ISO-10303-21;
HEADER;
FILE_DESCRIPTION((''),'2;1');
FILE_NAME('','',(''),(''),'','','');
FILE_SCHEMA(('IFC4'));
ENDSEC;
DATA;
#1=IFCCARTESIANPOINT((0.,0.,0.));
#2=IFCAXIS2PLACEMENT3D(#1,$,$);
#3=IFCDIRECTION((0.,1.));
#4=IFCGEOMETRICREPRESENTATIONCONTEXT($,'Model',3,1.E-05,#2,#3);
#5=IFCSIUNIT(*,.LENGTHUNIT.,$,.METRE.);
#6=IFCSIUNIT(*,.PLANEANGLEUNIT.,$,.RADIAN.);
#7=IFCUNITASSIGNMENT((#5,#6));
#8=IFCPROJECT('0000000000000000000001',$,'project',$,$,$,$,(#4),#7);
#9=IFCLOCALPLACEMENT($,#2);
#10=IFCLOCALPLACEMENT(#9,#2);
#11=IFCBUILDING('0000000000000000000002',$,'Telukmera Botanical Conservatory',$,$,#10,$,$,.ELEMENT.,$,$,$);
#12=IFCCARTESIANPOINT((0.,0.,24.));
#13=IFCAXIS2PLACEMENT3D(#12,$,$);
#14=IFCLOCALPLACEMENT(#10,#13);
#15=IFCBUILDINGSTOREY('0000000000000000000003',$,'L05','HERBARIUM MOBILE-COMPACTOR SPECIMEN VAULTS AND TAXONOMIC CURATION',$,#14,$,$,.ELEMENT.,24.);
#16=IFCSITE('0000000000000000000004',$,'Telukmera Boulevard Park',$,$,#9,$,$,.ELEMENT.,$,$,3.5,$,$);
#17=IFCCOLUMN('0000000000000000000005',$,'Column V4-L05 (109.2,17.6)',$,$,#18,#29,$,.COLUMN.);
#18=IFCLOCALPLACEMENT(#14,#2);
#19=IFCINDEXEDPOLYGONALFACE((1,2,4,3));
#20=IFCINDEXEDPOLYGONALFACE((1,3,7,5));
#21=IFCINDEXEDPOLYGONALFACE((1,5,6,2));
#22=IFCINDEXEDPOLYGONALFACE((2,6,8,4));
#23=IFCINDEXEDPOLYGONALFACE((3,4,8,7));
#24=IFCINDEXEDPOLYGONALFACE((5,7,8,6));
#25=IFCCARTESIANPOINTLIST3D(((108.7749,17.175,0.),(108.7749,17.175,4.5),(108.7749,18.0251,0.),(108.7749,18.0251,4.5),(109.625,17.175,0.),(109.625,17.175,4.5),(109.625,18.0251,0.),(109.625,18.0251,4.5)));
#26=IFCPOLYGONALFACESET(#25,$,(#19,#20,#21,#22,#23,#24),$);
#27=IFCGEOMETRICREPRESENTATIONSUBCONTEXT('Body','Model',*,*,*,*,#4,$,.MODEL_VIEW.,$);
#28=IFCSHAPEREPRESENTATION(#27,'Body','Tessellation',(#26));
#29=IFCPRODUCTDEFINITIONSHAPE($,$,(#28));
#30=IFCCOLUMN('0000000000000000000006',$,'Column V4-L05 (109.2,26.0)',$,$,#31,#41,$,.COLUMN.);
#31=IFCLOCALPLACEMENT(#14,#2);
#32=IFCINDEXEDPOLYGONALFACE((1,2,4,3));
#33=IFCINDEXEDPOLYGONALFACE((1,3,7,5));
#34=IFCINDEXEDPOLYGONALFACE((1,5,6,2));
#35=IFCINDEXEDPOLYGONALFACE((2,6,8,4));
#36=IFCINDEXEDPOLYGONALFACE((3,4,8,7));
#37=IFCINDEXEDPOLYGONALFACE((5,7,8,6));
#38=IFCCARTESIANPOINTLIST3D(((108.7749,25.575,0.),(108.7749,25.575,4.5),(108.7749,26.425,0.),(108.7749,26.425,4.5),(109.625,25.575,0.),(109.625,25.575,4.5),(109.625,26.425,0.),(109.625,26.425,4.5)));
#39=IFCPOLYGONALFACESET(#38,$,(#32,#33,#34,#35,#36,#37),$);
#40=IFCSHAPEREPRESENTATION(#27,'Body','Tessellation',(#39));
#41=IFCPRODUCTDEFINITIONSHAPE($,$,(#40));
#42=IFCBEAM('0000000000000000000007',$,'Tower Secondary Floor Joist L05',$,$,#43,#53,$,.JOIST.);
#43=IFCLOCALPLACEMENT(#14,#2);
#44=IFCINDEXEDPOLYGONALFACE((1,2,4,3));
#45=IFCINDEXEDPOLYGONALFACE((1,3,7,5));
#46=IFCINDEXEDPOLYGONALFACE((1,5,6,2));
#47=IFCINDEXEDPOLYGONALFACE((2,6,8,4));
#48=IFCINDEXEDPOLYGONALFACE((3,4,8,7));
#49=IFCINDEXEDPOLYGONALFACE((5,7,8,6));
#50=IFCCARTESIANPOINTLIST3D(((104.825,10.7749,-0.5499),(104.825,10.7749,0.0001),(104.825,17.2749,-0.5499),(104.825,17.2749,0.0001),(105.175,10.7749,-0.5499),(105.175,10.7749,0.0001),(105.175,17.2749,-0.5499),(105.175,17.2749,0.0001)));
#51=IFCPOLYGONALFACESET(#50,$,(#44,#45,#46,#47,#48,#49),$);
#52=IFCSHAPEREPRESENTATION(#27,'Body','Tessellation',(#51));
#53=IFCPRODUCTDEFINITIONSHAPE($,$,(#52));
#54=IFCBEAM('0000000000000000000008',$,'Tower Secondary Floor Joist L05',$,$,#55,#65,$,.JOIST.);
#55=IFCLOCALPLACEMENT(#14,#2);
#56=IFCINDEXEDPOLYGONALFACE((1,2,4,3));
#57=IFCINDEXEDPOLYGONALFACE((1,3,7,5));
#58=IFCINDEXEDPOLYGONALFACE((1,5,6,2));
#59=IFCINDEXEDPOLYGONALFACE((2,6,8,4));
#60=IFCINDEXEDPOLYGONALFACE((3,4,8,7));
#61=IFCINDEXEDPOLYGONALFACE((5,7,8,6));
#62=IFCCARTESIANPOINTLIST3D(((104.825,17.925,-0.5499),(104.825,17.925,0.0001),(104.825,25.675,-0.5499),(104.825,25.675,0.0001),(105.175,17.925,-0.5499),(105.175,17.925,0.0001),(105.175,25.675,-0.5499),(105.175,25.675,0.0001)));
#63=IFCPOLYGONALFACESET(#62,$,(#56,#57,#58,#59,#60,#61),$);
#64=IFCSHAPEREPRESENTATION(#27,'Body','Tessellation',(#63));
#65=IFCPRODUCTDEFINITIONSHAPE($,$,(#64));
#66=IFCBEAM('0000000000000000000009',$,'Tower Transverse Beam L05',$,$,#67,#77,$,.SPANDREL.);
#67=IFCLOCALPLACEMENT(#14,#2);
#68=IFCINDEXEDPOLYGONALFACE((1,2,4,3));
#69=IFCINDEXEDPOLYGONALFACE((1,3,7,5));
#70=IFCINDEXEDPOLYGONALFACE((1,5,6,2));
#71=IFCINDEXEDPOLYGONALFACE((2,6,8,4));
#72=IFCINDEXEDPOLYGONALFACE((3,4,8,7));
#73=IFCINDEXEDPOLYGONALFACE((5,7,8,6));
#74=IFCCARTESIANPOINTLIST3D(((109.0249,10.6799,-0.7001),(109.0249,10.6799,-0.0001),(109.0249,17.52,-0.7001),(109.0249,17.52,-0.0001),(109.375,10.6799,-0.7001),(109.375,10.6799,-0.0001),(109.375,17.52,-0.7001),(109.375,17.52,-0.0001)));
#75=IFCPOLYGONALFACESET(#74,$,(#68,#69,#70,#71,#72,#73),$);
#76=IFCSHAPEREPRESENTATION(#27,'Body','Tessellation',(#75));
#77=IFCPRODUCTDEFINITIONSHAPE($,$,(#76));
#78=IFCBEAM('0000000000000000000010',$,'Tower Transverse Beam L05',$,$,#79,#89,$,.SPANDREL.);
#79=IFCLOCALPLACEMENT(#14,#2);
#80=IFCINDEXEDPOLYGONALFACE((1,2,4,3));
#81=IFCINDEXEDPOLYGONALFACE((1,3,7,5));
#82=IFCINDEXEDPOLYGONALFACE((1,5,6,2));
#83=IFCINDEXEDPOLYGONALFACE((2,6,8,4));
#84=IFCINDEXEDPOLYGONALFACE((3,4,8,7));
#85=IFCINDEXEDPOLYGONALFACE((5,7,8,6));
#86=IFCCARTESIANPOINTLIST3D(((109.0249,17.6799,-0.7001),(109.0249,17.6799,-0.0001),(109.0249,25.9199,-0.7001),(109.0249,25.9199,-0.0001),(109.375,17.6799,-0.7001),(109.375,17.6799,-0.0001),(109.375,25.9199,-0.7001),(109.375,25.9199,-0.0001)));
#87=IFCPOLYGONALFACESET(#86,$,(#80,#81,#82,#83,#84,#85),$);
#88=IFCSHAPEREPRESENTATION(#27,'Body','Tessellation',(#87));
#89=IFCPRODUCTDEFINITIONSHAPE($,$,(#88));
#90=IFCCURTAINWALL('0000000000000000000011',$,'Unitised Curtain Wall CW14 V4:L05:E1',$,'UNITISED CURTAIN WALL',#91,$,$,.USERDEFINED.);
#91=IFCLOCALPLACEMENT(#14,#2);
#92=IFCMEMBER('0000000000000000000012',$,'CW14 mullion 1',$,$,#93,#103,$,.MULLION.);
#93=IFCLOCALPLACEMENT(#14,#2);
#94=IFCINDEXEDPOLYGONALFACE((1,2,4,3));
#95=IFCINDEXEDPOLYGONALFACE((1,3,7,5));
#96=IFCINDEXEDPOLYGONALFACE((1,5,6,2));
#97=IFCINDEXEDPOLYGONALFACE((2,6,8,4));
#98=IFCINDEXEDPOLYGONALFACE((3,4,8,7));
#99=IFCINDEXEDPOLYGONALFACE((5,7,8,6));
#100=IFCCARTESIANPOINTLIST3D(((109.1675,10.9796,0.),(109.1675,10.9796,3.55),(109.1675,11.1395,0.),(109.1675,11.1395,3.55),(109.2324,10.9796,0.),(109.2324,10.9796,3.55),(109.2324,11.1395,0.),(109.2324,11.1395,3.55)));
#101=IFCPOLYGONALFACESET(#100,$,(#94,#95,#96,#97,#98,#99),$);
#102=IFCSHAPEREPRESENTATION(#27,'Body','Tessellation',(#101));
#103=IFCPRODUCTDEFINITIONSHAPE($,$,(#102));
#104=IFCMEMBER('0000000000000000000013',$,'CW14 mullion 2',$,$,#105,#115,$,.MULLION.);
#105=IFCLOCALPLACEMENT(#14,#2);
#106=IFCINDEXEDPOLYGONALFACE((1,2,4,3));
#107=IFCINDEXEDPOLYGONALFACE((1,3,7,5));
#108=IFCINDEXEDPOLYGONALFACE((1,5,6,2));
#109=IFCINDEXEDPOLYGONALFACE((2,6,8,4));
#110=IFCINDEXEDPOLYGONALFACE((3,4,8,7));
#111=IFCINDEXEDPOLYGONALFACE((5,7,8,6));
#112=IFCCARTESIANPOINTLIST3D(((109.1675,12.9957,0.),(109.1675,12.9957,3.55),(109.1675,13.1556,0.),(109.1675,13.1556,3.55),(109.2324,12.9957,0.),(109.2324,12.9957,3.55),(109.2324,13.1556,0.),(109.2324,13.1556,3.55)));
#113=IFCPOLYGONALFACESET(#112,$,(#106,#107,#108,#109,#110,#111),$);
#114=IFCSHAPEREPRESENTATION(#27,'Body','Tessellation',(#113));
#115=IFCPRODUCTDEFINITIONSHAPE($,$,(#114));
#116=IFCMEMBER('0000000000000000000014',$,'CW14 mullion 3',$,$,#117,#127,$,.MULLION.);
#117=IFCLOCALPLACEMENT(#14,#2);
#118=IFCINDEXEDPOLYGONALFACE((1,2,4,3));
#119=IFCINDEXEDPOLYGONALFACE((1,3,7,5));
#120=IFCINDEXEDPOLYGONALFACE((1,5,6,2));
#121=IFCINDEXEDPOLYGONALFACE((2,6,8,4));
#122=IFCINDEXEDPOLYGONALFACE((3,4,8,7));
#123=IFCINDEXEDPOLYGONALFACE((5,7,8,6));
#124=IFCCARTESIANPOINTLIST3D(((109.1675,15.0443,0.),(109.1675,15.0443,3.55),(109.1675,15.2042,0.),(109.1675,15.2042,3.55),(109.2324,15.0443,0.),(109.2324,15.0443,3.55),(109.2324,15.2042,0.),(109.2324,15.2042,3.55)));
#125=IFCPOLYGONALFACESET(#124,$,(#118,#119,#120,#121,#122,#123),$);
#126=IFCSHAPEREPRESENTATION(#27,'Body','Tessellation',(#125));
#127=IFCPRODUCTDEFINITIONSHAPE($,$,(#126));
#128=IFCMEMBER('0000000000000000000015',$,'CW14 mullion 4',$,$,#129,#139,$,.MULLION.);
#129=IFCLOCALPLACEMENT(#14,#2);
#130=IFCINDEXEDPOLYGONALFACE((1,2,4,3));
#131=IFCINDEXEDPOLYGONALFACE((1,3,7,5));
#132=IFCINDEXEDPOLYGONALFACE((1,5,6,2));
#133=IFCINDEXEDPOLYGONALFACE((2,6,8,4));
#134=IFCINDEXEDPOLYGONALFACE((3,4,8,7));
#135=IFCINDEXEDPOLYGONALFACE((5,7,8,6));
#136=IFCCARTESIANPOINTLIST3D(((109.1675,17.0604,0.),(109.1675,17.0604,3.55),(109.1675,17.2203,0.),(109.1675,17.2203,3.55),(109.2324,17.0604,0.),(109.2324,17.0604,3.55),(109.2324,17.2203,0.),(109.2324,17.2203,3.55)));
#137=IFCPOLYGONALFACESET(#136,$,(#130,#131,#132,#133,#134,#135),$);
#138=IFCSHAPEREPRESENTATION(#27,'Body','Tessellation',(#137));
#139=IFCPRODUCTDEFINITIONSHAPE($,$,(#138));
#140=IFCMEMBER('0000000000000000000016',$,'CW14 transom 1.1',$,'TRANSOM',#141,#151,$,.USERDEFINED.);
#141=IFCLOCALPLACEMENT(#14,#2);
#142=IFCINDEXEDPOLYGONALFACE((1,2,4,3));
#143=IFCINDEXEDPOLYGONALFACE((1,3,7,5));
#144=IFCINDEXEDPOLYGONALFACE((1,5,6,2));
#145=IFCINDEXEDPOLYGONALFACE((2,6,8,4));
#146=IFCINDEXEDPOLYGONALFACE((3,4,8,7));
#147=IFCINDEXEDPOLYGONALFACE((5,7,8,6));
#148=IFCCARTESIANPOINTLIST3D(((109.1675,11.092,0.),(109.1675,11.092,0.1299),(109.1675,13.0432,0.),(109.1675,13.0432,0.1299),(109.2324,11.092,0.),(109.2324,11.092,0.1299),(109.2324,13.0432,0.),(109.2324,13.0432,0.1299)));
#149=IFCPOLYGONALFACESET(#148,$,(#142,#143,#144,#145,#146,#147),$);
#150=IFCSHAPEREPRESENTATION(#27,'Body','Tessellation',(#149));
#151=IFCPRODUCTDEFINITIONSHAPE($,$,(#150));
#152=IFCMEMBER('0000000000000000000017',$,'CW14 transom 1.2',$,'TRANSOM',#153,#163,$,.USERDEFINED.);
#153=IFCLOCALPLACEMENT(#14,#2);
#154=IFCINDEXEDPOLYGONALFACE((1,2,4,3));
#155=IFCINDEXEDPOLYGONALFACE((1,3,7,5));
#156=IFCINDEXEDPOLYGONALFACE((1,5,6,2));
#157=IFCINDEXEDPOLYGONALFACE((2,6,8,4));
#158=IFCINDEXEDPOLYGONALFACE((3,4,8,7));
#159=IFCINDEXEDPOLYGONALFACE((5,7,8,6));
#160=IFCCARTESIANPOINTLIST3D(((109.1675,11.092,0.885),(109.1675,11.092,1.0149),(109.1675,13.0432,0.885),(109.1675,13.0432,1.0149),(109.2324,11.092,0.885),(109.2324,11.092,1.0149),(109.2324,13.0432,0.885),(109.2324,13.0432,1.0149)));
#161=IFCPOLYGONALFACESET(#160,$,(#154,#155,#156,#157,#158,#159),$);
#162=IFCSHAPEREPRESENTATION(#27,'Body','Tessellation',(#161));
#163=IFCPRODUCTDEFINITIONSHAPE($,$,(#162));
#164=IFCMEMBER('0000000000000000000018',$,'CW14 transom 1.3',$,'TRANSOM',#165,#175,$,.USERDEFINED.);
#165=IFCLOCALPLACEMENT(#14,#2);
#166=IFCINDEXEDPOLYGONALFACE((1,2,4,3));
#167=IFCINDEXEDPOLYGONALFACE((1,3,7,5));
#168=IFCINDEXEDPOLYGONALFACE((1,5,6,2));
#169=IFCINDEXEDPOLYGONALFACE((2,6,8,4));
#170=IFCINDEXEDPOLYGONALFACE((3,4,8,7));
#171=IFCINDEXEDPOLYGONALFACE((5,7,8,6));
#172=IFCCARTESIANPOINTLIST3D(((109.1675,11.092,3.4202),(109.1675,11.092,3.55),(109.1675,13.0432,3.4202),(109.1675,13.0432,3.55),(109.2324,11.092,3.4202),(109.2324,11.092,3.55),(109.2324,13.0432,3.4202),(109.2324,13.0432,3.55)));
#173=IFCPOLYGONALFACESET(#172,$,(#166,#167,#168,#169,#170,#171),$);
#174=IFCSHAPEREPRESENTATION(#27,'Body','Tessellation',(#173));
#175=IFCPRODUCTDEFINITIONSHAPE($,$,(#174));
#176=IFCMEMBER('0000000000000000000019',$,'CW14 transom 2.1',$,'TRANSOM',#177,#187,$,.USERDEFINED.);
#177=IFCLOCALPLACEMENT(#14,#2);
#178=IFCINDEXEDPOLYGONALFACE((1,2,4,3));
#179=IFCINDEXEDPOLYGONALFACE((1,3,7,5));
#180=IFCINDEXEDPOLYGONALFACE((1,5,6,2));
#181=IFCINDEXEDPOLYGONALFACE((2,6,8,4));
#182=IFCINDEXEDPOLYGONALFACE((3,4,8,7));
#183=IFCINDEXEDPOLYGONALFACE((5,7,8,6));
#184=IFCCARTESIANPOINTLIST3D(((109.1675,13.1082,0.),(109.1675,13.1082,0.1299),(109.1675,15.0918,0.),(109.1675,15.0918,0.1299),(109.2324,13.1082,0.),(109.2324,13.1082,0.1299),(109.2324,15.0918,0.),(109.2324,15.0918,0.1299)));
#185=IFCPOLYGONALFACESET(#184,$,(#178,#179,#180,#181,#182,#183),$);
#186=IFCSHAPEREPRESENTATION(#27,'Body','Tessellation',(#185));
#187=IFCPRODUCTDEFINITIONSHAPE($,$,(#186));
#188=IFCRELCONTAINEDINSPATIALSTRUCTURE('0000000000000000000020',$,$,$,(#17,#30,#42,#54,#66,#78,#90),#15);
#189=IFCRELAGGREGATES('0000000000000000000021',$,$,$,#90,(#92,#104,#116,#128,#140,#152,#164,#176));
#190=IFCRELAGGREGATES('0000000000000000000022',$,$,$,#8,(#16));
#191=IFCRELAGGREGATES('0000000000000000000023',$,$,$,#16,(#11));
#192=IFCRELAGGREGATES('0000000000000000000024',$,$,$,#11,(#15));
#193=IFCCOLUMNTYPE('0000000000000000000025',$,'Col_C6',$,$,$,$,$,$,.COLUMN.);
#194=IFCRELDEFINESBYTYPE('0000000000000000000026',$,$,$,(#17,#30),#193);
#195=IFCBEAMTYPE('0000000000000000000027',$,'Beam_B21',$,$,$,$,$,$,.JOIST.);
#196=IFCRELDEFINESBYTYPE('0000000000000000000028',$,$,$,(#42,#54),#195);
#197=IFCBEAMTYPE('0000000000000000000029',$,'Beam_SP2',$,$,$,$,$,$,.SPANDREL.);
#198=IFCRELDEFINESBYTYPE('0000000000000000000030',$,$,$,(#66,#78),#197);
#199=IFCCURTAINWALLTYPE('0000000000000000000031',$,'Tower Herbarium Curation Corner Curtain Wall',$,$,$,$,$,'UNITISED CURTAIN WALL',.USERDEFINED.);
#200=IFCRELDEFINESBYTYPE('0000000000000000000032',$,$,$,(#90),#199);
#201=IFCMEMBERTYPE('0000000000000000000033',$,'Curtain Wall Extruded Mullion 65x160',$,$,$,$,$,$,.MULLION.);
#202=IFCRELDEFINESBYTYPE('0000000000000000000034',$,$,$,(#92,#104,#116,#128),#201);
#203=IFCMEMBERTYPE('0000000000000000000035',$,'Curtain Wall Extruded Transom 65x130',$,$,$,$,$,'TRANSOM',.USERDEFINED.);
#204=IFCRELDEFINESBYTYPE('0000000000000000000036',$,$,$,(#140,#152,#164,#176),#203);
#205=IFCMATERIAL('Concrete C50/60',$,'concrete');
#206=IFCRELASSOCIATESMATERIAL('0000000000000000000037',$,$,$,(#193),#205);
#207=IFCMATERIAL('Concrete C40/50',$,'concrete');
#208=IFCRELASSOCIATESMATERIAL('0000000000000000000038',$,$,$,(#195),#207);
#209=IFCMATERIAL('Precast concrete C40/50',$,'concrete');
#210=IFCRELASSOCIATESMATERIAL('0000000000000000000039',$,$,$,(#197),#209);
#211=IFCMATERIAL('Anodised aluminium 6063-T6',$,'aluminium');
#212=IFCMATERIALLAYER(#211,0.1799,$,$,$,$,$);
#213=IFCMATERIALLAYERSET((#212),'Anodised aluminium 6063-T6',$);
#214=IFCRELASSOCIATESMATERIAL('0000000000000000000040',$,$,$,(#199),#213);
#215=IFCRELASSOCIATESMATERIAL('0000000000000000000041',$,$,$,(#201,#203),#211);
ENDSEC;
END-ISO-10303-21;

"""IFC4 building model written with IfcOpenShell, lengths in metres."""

from ifc_helpers import new_model, si_unit, direction, frame, origin, origin_2d, place, context, subcontext, project, spatial, rectangle, extrude, material, layer, layer_set, material_profile, profile_set, type_object, element, aggregate, save


model = new_model("IFC4")

# Units and contexts
model_context = context("Model", 3, precision=1e-05, world=origin(), true_north=direction((0.0, 1.0)))
body_context = subcontext(model_context, "Body", "Model", "MODEL_VIEW")
ifc_project = project(units=[si_unit("LENGTHUNIT", "METRE"), si_unit("PLANEANGLEUNIT", "RADIAN")], contexts=[model_context])

# Site, building, storey
site_placement = place(None, origin())
site = spatial("IfcSite", under=ifc_project, at=site_placement, Name="Telukmera Boulevard Park", CompositionType="ELEMENT", RefElevation=3.5)
building_placement = place(site_placement, origin())
building = spatial("IfcBuilding", under=site, at=building_placement, Name="Telukmera Botanical Conservatory", CompositionType="ELEMENT")
storey_placement = place(building_placement, frame((0.0, 0.0, 24.0)))
storey = spatial("IfcBuildingStorey", under=building, at=storey_placement, Name="L05", Description="HERBARIUM MOBILE-COMPACTOR SPECIMEN VAULTS AND TAXONOMIC CURATION", CompositionType="ELEMENT", Elevation=24.0)

# Columns
ifc_material_1 = material(Name="Concrete C50/60", Category="concrete")
ifc_material_profile_1 = material_profile(ifc_material_1, rectangle(XDim=0.8501, YDim=0.8501, at=origin_2d()), Name="RC 850x850")
ifc_profile_set_1 = profile_set([ifc_material_profile_1], Name="Concrete C50/60")
column_type = type_object("IfcColumnType", Name="Col_C6", PredefinedType="COLUMN", material=ifc_profile_set_1)
for number, where, z_axis, x_axis, name in (
    (1, (109.2, 17.6001, 0.0), (0.0, 0.0, 1.0), (1.0, 0.0, 0.0), "Column V4-L05 (109.2,17.6)"),
    (2, (109.2, 26.0, 0.0), (0.0, 0.0, 1.0), (1.0, 0.0, 0.0), "Column V4-L05 (109.2,26.0)"),
):
    element("IfcColumn", number, at=place(storey_placement, frame(where, z_axis=z_axis, x_axis=x_axis)), inside=storey, type_object=column_type, Name=name, PredefinedType="COLUMN", context=body_context, shape_type="SweptSolid", body=[
        extrude(rectangle(XDim=0.8501, YDim=0.8501, at=origin_2d()), origin(), (0.0, 0.0, 1.0), 4.5),
    ])

# Beams
ifc_material_2 = material(Name="Concrete C40/50", Category="concrete")
ifc_material_profile_2 = material_profile(ifc_material_2, rectangle(XDim=0.3501, YDim=0.55, at=origin_2d()), Name="RC 350x550")
ifc_profile_set_2 = profile_set([ifc_material_profile_2], Name="Concrete C40/50")
beam_type_1 = type_object("IfcBeamType", Name="Beam_B21", PredefinedType="JOIST", material=ifc_profile_set_2)
beam_1_placement = place(storey_placement, frame((105.0, 10.7749, -0.2749), z_axis=(0.0, 1.0, 0.0), x_axis=(-1.0, 0.0, 0.0)))
element("IfcBeam", 3, at=beam_1_placement, inside=storey, type_object=beam_type_1, Name="Tower Secondary Floor Joist L05", PredefinedType="JOIST", context=body_context, shape_type="SweptSolid", body=[
    extrude(rectangle(XDim=0.3501, YDim=0.55, at=origin_2d()), origin(), (0.0, 0.0, 1.0), 6.5),
])
beam_2_placement = place(storey_placement, frame((105.0, 17.925, -0.2749), z_axis=(0.0, 1.0, 0.0), x_axis=(-1.0, 0.0, 0.0)))
element("IfcBeam", 4, at=beam_2_placement, inside=storey, type_object=beam_type_1, Name="Tower Secondary Floor Joist L05", PredefinedType="JOIST", context=body_context, shape_type="SweptSolid", body=[
    extrude(rectangle(XDim=0.3501, YDim=0.55, at=origin_2d()), origin(), (0.0, 0.0, 1.0), 7.75),
])
ifc_material_3 = material(Name="Precast concrete C40/50", Category="concrete")
ifc_material_profile_3 = material_profile(ifc_material_3, rectangle(XDim=0.3501, YDim=0.7, at=origin_2d()), Name="PC 350x700")
ifc_profile_set_3 = profile_set([ifc_material_profile_3], Name="Precast concrete C40/50")
beam_type_2 = type_object("IfcBeamType", Name="Beam_SP2", PredefinedType="SPANDREL", material=ifc_profile_set_3)
beam_3_placement = place(storey_placement, frame((109.2, 10.6799, -0.3501), z_axis=(0.0, 1.0, 0.0), x_axis=(-1.0, 0.0, 0.0)))
element("IfcBeam", 5, at=beam_3_placement, inside=storey, type_object=beam_type_2, Name="Tower Transverse Beam L05", PredefinedType="SPANDREL", context=body_context, shape_type="SweptSolid", body=[
    extrude(rectangle(XDim=0.3501, YDim=0.7, at=origin_2d()), origin(), (0.0, 0.0, 1.0), 6.8401),
])
beam_4_placement = place(storey_placement, frame((109.2, 17.6799, -0.3501), z_axis=(0.0, 1.0, 0.0), x_axis=(-1.0, 0.0, 0.0)))
element("IfcBeam", 6, at=beam_4_placement, inside=storey, type_object=beam_type_2, Name="Tower Transverse Beam L05", PredefinedType="SPANDREL", context=body_context, shape_type="SweptSolid", body=[
    extrude(rectangle(XDim=0.3501, YDim=0.7, at=origin_2d()), origin(), (0.0, 0.0, 1.0), 8.24),
])

# Curtain wall, members
ifc_material_4 = material(Name="Anodised aluminium 6063-T6", Category="aluminium")
ifc_layer_1 = layer(ifc_material_4, 0.1799)
ifc_layer_set_1 = layer_set([ifc_layer_1], Name="Anodised aluminium 6063-T6")
curtain_wall_type = type_object("IfcCurtainWallType", Name="Tower Herbarium Curation Corner Curtain Wall", ElementType="UNITISED CURTAIN WALL", PredefinedType="USERDEFINED", material=ifc_layer_set_1)
curtain_wall_placement = place(storey_placement, origin())
curtain_wall = element("IfcCurtainWall", 7, at=curtain_wall_placement, inside=storey, type_object=curtain_wall_type, Name="Unitised Curtain Wall CW14 V4:L05:E1", ObjectType="UNITISED CURTAIN WALL", PredefinedType="USERDEFINED")
ifc_material_profile_4 = material_profile(ifc_material_4, rectangle(XDim=0.0649, YDim=0.1599, at=origin_2d()), Name="ALU MULL 65x160")
ifc_profile_set_4 = profile_set([ifc_material_profile_4], Name="Anodised aluminium 6063-T6")
member_type_1 = type_object("IfcMemberType", Name="Curtain Wall Extruded Mullion 65x160", PredefinedType="MULLION", material=ifc_profile_set_4)
member_1_placement = place(storey_placement, frame((109.2, 11.0596, 0.0), z_axis=(0.0, 0.0, 1.0), x_axis=(-1.0, 0.0, 0.0)))
member_1 = element("IfcMember", 8, at=member_1_placement, type_object=member_type_1, Name="CW14 mullion 1", PredefinedType="MULLION", context=body_context, shape_type="SweptSolid", body=[
    extrude(rectangle(XDim=0.0649, YDim=0.1599, at=origin_2d()), origin(), (0.0, 0.0, 1.0), 3.55),
])
member_2_placement = place(storey_placement, frame((109.2, 13.0757, 0.0), z_axis=(0.0, 0.0, 1.0), x_axis=(-1.0, 0.0, 0.0)))
member_2 = element("IfcMember", 9, at=member_2_placement, type_object=member_type_1, Name="CW14 mullion 2", PredefinedType="MULLION", context=body_context, shape_type="SweptSolid", body=[
    extrude(rectangle(XDim=0.0649, YDim=0.1599, at=origin_2d()), origin(), (0.0, 0.0, 1.0), 3.55),
])
member_3_placement = place(storey_placement, frame((109.2, 15.1243, 0.0), z_axis=(0.0, 0.0, 1.0), x_axis=(-1.0, 0.0, 0.0)))
member_3 = element("IfcMember", 10, at=member_3_placement, type_object=member_type_1, Name="CW14 mullion 3", PredefinedType="MULLION", context=body_context, shape_type="SweptSolid", body=[
    extrude(rectangle(XDim=0.0649, YDim=0.1599, at=origin_2d()), origin(), (0.0, 0.0, 1.0), 3.55),
])
member_4_placement = place(storey_placement, frame((109.2, 17.1404, 0.0), z_axis=(0.0, 0.0, 1.0), x_axis=(-1.0, 0.0, 0.0)))
member_4 = element("IfcMember", 11, at=member_4_placement, type_object=member_type_1, Name="CW14 mullion 4", PredefinedType="MULLION", context=body_context, shape_type="SweptSolid", body=[
    extrude(rectangle(XDim=0.0649, YDim=0.1599, at=origin_2d()), origin(), (0.0, 0.0, 1.0), 3.55),
])
ifc_material_profile_5 = material_profile(ifc_material_4, rectangle(XDim=0.0649, YDim=0.1299, at=origin_2d()), Name="ALU TRAN 65x130")
ifc_profile_set_5 = profile_set([ifc_material_profile_5], Name="Anodised aluminium 6063-T6")
member_type_2 = type_object("IfcMemberType", Name="Curtain Wall Extruded Transom 65x130", ElementType="TRANSOM", PredefinedType="USERDEFINED", material=ifc_profile_set_5)
member_5_placement = place(storey_placement, frame((109.2, 11.092, 0.0649), z_axis=(0.0, 1.0, 0.0), x_axis=(-1.0, 0.0, 0.0)))
member_5 = element("IfcMember", 12, at=member_5_placement, type_object=member_type_2, Name="CW14 transom 1.1", ObjectType="TRANSOM", PredefinedType="USERDEFINED", context=body_context, shape_type="SweptSolid", body=[
    extrude(rectangle(XDim=0.0649, YDim=0.1299, at=origin_2d()), origin(), (0.0, 0.0, 1.0), 1.9512),
])
member_6_placement = place(storey_placement, frame((109.2, 11.092, 0.95), z_axis=(0.0, 1.0, 0.0), x_axis=(-1.0, 0.0, 0.0)))
member_6 = element("IfcMember", 13, at=member_6_placement, type_object=member_type_2, Name="CW14 transom 1.2", ObjectType="TRANSOM", PredefinedType="USERDEFINED", context=body_context, shape_type="SweptSolid", body=[
    extrude(rectangle(XDim=0.0649, YDim=0.1299, at=origin_2d()), origin(), (0.0, 0.0, 1.0), 1.9512),
])
member_7_placement = place(storey_placement, frame((109.2, 11.092, 3.4851), z_axis=(0.0, 1.0, 0.0), x_axis=(-1.0, 0.0, 0.0)))
member_7 = element("IfcMember", 14, at=member_7_placement, type_object=member_type_2, Name="CW14 transom 1.3", ObjectType="TRANSOM", PredefinedType="USERDEFINED", context=body_context, shape_type="SweptSolid", body=[
    extrude(rectangle(XDim=0.0649, YDim=0.1299, at=origin_2d()), origin(), (0.0, 0.0, 1.0), 1.9512),
])
member_8_placement = place(storey_placement, frame((109.2, 13.1082, 0.0649), z_axis=(0.0, 1.0, 0.0), x_axis=(-1.0, 0.0, 0.0)))
member_8 = element("IfcMember", 15, at=member_8_placement, type_object=member_type_2, Name="CW14 transom 2.1", ObjectType="TRANSOM", PredefinedType="USERDEFINED", context=body_context, shape_type="SweptSolid", body=[
    extrude(rectangle(XDim=0.0649, YDim=0.1299, at=origin_2d()), origin(), (0.0, 0.0, 1.0), 1.9836),
])
aggregate(curtain_wall, [member_1, member_2, member_3, member_4, member_5, member_6, member_7, member_8])

save(model, "model.ifc")
